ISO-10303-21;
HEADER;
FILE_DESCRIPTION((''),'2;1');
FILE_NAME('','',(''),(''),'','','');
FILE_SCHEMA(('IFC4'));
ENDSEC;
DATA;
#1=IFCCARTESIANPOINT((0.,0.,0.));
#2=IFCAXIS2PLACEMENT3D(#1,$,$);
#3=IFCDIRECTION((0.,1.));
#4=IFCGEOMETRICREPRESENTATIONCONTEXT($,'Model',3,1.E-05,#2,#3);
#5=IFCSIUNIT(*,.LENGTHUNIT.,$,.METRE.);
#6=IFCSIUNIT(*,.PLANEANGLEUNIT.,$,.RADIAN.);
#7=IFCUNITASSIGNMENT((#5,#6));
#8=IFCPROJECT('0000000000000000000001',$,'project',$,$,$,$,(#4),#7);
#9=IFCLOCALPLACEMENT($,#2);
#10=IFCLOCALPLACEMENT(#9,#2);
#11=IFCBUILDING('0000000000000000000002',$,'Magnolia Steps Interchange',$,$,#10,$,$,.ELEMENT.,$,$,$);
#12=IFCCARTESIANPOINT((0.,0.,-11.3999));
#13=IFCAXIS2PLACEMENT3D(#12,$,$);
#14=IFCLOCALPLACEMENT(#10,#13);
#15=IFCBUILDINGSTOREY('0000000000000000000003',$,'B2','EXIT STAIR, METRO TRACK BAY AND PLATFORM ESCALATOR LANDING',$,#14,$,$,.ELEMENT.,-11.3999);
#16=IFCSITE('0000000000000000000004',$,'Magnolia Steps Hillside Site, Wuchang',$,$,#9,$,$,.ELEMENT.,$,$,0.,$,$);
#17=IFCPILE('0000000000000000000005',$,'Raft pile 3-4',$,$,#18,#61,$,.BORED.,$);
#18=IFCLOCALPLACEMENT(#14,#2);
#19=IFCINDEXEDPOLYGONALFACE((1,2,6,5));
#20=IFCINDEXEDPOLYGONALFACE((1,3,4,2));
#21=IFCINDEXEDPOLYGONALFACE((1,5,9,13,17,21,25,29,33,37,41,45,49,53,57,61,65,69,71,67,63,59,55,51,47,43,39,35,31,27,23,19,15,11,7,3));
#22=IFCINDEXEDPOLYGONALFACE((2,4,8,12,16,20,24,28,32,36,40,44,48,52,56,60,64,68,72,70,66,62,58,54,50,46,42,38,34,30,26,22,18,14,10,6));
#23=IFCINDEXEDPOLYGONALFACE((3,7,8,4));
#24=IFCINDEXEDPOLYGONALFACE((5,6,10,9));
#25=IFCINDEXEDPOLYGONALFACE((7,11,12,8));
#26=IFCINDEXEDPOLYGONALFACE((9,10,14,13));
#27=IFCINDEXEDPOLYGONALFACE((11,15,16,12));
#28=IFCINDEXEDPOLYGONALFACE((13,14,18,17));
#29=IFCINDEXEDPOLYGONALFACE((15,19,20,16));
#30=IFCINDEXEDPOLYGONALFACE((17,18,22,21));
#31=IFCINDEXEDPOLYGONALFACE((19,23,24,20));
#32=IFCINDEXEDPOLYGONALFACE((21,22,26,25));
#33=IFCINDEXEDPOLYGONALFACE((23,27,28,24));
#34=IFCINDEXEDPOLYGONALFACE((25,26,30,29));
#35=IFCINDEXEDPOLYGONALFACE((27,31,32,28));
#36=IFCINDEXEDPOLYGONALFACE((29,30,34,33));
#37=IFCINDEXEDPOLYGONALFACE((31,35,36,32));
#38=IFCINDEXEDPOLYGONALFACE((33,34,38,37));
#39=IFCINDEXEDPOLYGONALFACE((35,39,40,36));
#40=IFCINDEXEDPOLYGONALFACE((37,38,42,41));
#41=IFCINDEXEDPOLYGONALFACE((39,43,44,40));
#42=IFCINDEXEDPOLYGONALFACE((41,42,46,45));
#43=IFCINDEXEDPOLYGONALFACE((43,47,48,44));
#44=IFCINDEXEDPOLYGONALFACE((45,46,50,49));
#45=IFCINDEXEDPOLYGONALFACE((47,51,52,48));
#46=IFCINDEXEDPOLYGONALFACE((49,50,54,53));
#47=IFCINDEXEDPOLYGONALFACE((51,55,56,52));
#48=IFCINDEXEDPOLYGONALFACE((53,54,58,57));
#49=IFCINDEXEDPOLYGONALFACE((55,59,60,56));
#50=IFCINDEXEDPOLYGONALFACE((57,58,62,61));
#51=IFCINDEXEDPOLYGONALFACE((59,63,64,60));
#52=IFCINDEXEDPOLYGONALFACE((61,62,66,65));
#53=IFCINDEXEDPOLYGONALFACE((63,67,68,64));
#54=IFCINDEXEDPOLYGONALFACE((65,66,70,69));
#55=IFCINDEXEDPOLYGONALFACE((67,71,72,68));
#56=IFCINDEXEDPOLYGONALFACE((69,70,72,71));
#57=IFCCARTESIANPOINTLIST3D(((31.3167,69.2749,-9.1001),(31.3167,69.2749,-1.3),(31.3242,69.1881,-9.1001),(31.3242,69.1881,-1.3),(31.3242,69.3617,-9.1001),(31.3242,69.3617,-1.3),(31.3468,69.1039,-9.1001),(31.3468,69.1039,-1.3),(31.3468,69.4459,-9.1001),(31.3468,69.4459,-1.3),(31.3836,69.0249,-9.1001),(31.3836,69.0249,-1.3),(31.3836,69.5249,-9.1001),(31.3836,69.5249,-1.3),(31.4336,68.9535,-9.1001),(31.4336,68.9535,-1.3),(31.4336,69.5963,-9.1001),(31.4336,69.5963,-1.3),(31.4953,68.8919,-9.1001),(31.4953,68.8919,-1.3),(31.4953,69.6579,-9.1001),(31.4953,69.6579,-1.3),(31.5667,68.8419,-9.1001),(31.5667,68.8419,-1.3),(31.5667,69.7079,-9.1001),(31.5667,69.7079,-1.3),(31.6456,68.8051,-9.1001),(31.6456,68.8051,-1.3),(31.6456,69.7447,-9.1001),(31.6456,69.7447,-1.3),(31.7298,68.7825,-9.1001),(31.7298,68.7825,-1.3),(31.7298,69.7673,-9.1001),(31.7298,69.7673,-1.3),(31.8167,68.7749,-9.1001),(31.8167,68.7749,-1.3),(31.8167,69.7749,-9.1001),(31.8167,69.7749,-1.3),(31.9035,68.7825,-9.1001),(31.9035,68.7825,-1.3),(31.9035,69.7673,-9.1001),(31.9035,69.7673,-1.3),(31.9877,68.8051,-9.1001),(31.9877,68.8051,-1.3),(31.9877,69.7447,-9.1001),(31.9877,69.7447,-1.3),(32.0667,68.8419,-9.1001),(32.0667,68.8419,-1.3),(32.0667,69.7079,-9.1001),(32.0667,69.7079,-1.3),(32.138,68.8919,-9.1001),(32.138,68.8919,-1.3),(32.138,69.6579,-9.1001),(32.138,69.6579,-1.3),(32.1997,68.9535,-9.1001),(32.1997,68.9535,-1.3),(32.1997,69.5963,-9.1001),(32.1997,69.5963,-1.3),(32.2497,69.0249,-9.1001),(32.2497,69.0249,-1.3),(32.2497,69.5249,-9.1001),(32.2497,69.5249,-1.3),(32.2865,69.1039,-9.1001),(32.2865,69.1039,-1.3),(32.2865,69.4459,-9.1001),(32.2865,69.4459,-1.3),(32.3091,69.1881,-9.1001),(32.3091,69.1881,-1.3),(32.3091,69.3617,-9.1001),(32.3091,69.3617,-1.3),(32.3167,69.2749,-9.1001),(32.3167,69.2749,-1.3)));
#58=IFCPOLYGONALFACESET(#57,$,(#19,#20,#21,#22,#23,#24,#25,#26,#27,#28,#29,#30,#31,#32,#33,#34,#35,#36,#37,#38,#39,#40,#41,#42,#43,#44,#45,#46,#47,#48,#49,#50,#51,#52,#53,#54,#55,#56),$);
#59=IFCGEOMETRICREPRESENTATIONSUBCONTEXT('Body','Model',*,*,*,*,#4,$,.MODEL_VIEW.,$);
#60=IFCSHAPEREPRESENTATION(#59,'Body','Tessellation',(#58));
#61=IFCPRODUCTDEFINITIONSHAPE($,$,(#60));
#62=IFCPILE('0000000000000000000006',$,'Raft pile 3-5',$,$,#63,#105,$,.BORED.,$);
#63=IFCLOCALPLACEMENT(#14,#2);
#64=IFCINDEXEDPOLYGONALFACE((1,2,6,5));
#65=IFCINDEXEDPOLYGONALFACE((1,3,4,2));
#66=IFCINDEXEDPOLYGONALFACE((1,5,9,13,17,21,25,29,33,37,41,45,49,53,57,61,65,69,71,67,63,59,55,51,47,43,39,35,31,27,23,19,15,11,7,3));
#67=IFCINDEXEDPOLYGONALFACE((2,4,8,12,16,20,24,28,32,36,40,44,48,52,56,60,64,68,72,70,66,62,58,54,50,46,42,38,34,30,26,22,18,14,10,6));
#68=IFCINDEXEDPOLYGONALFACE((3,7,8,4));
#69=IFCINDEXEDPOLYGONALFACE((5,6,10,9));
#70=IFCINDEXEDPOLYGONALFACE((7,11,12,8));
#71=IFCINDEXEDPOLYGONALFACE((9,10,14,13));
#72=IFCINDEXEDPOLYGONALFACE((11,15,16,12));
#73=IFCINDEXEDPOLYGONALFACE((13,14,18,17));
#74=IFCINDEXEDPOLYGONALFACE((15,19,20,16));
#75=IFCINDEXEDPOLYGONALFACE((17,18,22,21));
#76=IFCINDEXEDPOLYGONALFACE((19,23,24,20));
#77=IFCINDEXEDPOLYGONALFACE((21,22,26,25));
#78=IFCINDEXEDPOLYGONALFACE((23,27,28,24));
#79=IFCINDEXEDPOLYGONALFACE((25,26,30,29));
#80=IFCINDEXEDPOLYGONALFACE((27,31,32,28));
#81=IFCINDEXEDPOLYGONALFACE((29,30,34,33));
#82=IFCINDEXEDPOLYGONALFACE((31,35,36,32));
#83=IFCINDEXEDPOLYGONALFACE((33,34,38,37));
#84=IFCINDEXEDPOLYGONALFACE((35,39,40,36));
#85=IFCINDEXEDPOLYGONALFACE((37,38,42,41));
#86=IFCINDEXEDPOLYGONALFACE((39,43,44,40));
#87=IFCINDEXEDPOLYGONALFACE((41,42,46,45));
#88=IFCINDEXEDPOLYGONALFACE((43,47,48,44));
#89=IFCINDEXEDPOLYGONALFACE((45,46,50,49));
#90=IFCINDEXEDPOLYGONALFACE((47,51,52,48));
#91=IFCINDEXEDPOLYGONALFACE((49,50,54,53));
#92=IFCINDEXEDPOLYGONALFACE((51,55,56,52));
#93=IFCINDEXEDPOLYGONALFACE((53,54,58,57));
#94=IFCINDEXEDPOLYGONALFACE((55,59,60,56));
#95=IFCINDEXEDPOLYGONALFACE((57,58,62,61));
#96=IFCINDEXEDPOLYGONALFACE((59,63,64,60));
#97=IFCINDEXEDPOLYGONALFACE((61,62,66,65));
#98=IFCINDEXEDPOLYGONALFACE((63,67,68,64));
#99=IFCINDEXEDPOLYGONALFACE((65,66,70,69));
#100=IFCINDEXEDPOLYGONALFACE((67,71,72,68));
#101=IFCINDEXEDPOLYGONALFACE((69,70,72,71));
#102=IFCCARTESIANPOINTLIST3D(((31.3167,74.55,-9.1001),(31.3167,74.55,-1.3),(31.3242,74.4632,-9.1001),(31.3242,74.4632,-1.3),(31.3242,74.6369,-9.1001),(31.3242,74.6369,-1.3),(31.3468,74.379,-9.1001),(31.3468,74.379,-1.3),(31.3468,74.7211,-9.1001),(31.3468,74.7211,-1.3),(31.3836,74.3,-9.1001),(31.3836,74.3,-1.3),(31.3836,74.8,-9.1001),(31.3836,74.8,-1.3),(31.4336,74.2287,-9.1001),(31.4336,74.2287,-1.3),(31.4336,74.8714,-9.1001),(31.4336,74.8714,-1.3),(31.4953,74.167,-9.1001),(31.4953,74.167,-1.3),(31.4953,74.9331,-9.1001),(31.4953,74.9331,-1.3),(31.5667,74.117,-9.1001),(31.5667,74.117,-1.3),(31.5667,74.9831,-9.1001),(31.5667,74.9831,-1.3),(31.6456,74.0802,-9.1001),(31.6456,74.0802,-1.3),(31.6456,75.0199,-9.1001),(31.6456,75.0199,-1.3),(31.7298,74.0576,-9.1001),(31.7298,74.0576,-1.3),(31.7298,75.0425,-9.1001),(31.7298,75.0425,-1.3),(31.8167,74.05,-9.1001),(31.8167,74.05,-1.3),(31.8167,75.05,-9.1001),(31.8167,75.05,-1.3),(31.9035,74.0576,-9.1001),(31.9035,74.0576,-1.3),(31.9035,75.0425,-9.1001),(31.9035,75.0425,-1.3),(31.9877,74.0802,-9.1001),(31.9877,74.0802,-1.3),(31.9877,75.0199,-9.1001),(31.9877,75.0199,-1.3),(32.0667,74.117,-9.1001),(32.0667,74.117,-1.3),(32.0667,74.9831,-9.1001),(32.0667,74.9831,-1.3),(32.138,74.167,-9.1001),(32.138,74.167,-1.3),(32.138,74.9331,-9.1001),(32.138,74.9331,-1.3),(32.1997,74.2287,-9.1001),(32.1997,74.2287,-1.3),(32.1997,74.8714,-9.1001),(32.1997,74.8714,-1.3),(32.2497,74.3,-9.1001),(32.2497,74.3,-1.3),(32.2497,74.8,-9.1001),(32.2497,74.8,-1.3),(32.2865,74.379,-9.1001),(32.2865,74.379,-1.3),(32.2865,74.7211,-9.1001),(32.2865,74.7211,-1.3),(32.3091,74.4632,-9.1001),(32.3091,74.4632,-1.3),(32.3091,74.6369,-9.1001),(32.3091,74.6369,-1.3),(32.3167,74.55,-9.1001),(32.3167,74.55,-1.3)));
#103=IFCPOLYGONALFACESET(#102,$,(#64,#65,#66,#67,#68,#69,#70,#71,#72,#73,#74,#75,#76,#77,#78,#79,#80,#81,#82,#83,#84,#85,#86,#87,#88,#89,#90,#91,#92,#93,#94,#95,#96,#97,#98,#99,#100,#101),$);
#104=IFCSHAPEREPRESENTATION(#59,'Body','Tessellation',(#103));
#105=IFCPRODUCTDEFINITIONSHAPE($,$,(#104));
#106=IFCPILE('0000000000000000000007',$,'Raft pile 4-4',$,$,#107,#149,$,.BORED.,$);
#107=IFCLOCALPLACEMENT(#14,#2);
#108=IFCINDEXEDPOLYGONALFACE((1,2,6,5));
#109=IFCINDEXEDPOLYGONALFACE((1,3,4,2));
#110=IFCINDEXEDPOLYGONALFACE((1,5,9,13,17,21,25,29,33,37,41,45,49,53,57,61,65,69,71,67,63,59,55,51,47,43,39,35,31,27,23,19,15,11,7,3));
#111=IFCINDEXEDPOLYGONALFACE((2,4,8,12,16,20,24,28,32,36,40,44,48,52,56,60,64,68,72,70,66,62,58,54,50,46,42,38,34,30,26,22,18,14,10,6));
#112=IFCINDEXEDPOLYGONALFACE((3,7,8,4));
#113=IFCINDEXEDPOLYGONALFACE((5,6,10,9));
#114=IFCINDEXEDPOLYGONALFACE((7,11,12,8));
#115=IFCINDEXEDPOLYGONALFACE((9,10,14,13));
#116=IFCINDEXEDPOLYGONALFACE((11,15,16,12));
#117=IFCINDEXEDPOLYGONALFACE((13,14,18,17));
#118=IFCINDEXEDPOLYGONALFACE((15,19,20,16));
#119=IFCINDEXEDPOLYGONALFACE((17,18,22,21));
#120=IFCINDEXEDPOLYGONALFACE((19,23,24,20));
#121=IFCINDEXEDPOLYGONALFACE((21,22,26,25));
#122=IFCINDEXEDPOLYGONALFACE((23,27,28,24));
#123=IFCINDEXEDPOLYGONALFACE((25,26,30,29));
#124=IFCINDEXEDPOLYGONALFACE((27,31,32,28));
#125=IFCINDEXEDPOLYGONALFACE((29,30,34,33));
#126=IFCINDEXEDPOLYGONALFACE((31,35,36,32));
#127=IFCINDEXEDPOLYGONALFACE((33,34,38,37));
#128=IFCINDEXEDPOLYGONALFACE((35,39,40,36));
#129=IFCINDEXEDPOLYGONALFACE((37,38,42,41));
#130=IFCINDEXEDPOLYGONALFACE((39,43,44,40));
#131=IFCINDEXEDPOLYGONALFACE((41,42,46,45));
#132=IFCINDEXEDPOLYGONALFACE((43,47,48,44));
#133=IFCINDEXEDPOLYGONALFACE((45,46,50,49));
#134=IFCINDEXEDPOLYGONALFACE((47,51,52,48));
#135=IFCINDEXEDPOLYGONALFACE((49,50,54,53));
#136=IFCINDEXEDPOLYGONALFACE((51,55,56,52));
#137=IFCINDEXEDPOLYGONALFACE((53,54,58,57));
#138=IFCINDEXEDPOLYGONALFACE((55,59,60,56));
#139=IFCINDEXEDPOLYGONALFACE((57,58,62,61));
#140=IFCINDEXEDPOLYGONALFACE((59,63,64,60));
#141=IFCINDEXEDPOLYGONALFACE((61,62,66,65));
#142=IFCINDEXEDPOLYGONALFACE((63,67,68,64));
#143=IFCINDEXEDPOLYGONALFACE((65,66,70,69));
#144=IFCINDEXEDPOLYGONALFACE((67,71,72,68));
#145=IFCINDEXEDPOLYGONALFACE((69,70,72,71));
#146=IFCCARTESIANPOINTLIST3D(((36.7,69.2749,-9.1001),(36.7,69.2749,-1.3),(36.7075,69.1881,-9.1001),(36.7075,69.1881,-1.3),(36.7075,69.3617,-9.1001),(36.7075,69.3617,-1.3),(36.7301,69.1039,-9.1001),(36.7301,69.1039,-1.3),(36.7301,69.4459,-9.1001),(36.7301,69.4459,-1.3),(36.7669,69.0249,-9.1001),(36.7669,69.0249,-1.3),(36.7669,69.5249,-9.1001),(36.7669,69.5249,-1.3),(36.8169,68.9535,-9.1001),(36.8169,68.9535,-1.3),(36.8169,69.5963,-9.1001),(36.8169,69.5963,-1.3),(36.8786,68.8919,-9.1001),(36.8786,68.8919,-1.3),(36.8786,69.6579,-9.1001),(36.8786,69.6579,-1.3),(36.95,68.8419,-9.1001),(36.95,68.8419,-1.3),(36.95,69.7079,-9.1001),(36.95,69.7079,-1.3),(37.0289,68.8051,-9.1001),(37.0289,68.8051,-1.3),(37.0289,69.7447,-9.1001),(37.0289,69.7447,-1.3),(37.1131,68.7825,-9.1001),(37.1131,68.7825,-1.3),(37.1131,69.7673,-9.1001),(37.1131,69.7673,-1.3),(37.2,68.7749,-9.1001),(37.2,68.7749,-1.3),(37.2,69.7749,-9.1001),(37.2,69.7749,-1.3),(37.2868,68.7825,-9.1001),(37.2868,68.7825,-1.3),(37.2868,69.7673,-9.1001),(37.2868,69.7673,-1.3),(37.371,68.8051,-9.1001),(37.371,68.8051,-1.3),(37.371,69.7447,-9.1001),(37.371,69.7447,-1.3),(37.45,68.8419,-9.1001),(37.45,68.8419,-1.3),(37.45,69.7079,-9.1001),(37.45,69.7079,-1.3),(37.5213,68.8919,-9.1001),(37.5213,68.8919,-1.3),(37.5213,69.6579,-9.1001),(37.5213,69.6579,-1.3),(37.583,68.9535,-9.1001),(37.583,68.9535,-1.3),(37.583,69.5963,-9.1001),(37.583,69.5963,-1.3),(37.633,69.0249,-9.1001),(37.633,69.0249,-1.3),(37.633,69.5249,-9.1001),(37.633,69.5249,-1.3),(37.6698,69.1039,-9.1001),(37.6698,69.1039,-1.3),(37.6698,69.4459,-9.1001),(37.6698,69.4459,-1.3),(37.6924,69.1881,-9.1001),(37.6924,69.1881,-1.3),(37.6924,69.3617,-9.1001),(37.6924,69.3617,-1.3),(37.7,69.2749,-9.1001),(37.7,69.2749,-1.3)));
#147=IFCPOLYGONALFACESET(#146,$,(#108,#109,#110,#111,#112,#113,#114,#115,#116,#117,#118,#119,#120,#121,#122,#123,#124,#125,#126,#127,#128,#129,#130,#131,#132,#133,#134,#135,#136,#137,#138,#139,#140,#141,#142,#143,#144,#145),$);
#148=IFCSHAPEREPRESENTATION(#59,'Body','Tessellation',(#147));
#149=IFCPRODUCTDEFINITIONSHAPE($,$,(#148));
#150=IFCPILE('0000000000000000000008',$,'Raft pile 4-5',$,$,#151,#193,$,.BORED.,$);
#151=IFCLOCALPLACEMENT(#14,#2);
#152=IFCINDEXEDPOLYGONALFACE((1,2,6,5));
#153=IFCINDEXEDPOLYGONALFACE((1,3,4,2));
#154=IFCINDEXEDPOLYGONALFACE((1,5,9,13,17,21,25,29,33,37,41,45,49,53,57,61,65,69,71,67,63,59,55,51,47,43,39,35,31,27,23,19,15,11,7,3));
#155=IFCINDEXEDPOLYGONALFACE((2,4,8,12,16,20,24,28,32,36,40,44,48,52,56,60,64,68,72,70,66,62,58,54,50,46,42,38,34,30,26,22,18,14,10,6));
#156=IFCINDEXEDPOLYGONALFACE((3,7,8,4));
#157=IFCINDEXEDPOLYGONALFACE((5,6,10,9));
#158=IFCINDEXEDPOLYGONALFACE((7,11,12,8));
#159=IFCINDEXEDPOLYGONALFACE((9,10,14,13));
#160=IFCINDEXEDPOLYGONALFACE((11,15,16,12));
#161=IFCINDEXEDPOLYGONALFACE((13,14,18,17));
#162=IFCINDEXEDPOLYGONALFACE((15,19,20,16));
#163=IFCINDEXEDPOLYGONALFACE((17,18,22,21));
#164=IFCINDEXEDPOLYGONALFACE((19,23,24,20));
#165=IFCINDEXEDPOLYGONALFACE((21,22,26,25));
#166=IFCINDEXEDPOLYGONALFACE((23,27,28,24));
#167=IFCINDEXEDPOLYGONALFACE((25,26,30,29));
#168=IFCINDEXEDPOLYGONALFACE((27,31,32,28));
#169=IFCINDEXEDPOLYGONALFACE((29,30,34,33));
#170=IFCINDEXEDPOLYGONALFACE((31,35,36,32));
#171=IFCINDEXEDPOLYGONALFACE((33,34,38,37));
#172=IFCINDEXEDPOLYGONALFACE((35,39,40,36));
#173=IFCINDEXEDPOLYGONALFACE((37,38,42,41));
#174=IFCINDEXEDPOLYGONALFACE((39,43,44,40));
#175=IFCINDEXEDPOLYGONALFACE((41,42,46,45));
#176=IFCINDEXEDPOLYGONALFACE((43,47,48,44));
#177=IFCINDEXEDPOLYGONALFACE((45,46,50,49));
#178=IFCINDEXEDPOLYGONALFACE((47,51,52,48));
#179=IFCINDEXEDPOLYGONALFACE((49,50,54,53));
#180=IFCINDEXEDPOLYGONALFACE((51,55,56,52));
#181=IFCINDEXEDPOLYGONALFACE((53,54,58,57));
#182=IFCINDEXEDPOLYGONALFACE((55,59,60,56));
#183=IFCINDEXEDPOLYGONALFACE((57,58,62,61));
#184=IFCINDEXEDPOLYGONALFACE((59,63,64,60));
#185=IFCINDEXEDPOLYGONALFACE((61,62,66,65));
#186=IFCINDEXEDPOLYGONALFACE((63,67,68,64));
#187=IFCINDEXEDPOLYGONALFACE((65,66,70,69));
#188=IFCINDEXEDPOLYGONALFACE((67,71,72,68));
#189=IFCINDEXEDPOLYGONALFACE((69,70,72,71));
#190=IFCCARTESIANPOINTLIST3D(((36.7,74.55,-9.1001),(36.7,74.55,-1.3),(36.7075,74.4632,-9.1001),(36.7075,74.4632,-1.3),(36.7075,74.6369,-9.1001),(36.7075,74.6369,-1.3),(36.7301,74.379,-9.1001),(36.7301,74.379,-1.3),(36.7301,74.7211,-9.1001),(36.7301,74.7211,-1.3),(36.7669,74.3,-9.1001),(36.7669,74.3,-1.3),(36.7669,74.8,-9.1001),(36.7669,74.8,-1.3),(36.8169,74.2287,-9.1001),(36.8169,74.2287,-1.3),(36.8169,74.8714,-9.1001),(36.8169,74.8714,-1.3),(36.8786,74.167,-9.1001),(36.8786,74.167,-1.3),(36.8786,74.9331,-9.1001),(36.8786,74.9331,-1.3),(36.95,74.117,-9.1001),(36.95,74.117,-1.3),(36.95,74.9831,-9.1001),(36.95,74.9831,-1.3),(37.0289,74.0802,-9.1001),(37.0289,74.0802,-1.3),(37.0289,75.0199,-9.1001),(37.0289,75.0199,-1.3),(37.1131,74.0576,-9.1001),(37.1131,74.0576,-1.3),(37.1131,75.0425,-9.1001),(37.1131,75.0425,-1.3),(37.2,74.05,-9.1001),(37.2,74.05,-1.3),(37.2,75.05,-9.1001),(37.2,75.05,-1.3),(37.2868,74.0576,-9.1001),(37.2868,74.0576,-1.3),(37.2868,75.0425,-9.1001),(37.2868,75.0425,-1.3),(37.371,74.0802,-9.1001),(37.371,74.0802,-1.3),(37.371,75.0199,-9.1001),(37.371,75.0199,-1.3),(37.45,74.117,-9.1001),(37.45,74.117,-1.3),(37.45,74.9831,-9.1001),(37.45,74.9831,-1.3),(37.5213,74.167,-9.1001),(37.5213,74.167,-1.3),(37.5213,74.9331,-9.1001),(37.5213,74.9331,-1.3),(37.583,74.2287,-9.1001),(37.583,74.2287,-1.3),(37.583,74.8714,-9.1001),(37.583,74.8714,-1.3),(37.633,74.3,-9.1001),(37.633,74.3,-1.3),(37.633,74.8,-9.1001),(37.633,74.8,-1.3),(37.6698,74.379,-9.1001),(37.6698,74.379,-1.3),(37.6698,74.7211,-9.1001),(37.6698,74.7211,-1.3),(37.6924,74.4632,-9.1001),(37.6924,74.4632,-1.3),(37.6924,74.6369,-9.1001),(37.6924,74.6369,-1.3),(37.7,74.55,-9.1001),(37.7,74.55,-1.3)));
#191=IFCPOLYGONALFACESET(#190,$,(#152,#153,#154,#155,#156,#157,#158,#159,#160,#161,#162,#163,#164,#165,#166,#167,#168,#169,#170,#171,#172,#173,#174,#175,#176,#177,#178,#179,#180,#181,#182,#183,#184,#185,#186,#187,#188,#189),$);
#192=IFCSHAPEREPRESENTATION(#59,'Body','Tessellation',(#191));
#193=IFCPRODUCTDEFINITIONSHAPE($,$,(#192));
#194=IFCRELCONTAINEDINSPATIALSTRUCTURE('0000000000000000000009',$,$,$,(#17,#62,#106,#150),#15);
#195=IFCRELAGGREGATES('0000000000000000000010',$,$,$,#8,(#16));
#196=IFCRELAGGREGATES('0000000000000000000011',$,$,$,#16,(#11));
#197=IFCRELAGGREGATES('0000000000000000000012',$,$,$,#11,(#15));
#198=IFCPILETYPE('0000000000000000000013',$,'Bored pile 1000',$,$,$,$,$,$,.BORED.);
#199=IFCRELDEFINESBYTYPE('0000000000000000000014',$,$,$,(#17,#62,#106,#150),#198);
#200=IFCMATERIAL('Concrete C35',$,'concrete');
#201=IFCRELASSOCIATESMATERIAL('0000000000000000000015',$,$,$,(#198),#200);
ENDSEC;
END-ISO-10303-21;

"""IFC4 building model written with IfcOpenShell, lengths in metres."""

from ifc_helpers import new_model, si_unit, direction, frame, origin, origin_2d, place, context, subcontext, project, spatial, circle, extrude, material, material_profile, profile_set, type_object, element, save


model = new_model("IFC4")

# Units and contexts
model_context = context("Model", 3, precision=1e-05, world=origin(), true_north=direction((0.0, 1.0)))
body_context = subcontext(model_context, "Body", "Model", "MODEL_VIEW")
ifc_project = project(units=[si_unit("LENGTHUNIT", "METRE"), si_unit("PLANEANGLEUNIT", "RADIAN")], contexts=[model_context])

# Site, building, storey
site_placement = place(None, origin())
site = spatial("IfcSite", under=ifc_project, at=site_placement, Name="Magnolia Steps Hillside Site, Wuchang", CompositionType="ELEMENT", RefElevation=0.0)
building_placement = place(site_placement, origin())
building = spatial("IfcBuilding", under=site, at=building_placement, Name="Magnolia Steps Interchange", CompositionType="ELEMENT")
storey_placement = place(building_placement, frame((0.0, 0.0, -11.3999)))
storey = spatial("IfcBuildingStorey", under=building, at=storey_placement, Name="B2", Description="EXIT STAIR, METRO TRACK BAY AND PLATFORM ESCALATOR LANDING", CompositionType="ELEMENT", Elevation=-11.3999)

# Piles
ifc_material_1 = material(Name="Concrete C35", Category="concrete")
ifc_material_profile = material_profile(ifc_material_1, circle(Radius=0.5, at=origin_2d()), Name="Bored pile 1000")
ifc_profile_set = profile_set([ifc_material_profile], Name="Concrete C35")
pile_type = type_object("IfcPileType", Name="Bored pile 1000", PredefinedType="BORED", material=ifc_profile_set)
for number, where, z_axis, x_axis, name in (
    (1, (31.8167, 69.2749, -1.3), (0.0, 0.0, -1.0), (1.0, 0.0, 0.0), "Raft pile 3-4"),
    (2, (31.8167, 74.55, -1.3), (0.0, 0.0, -1.0), (1.0, 0.0, 0.0), "Raft pile 3-5"),
    (3, (37.2, 69.2749, -1.3), (0.0, 0.0, -1.0), (1.0, 0.0, 0.0), "Raft pile 4-4"),
    (4, (37.2, 74.55, -1.3), (0.0, 0.0, -1.0), (1.0, 0.0, 0.0), "Raft pile 4-5"),
):
    element("IfcPile", number, at=place(storey_placement, frame(where, z_axis=z_axis, x_axis=x_axis)), inside=storey, type_object=pile_type, Name=name, PredefinedType="BORED", context=body_context, shape_type="SweptSolid", body=[
        extrude(circle(Radius=0.5, at=origin_2d()), origin(), (0.0, 0.0, 1.0), 7.8),
    ])

save(model, "model.ifc")
